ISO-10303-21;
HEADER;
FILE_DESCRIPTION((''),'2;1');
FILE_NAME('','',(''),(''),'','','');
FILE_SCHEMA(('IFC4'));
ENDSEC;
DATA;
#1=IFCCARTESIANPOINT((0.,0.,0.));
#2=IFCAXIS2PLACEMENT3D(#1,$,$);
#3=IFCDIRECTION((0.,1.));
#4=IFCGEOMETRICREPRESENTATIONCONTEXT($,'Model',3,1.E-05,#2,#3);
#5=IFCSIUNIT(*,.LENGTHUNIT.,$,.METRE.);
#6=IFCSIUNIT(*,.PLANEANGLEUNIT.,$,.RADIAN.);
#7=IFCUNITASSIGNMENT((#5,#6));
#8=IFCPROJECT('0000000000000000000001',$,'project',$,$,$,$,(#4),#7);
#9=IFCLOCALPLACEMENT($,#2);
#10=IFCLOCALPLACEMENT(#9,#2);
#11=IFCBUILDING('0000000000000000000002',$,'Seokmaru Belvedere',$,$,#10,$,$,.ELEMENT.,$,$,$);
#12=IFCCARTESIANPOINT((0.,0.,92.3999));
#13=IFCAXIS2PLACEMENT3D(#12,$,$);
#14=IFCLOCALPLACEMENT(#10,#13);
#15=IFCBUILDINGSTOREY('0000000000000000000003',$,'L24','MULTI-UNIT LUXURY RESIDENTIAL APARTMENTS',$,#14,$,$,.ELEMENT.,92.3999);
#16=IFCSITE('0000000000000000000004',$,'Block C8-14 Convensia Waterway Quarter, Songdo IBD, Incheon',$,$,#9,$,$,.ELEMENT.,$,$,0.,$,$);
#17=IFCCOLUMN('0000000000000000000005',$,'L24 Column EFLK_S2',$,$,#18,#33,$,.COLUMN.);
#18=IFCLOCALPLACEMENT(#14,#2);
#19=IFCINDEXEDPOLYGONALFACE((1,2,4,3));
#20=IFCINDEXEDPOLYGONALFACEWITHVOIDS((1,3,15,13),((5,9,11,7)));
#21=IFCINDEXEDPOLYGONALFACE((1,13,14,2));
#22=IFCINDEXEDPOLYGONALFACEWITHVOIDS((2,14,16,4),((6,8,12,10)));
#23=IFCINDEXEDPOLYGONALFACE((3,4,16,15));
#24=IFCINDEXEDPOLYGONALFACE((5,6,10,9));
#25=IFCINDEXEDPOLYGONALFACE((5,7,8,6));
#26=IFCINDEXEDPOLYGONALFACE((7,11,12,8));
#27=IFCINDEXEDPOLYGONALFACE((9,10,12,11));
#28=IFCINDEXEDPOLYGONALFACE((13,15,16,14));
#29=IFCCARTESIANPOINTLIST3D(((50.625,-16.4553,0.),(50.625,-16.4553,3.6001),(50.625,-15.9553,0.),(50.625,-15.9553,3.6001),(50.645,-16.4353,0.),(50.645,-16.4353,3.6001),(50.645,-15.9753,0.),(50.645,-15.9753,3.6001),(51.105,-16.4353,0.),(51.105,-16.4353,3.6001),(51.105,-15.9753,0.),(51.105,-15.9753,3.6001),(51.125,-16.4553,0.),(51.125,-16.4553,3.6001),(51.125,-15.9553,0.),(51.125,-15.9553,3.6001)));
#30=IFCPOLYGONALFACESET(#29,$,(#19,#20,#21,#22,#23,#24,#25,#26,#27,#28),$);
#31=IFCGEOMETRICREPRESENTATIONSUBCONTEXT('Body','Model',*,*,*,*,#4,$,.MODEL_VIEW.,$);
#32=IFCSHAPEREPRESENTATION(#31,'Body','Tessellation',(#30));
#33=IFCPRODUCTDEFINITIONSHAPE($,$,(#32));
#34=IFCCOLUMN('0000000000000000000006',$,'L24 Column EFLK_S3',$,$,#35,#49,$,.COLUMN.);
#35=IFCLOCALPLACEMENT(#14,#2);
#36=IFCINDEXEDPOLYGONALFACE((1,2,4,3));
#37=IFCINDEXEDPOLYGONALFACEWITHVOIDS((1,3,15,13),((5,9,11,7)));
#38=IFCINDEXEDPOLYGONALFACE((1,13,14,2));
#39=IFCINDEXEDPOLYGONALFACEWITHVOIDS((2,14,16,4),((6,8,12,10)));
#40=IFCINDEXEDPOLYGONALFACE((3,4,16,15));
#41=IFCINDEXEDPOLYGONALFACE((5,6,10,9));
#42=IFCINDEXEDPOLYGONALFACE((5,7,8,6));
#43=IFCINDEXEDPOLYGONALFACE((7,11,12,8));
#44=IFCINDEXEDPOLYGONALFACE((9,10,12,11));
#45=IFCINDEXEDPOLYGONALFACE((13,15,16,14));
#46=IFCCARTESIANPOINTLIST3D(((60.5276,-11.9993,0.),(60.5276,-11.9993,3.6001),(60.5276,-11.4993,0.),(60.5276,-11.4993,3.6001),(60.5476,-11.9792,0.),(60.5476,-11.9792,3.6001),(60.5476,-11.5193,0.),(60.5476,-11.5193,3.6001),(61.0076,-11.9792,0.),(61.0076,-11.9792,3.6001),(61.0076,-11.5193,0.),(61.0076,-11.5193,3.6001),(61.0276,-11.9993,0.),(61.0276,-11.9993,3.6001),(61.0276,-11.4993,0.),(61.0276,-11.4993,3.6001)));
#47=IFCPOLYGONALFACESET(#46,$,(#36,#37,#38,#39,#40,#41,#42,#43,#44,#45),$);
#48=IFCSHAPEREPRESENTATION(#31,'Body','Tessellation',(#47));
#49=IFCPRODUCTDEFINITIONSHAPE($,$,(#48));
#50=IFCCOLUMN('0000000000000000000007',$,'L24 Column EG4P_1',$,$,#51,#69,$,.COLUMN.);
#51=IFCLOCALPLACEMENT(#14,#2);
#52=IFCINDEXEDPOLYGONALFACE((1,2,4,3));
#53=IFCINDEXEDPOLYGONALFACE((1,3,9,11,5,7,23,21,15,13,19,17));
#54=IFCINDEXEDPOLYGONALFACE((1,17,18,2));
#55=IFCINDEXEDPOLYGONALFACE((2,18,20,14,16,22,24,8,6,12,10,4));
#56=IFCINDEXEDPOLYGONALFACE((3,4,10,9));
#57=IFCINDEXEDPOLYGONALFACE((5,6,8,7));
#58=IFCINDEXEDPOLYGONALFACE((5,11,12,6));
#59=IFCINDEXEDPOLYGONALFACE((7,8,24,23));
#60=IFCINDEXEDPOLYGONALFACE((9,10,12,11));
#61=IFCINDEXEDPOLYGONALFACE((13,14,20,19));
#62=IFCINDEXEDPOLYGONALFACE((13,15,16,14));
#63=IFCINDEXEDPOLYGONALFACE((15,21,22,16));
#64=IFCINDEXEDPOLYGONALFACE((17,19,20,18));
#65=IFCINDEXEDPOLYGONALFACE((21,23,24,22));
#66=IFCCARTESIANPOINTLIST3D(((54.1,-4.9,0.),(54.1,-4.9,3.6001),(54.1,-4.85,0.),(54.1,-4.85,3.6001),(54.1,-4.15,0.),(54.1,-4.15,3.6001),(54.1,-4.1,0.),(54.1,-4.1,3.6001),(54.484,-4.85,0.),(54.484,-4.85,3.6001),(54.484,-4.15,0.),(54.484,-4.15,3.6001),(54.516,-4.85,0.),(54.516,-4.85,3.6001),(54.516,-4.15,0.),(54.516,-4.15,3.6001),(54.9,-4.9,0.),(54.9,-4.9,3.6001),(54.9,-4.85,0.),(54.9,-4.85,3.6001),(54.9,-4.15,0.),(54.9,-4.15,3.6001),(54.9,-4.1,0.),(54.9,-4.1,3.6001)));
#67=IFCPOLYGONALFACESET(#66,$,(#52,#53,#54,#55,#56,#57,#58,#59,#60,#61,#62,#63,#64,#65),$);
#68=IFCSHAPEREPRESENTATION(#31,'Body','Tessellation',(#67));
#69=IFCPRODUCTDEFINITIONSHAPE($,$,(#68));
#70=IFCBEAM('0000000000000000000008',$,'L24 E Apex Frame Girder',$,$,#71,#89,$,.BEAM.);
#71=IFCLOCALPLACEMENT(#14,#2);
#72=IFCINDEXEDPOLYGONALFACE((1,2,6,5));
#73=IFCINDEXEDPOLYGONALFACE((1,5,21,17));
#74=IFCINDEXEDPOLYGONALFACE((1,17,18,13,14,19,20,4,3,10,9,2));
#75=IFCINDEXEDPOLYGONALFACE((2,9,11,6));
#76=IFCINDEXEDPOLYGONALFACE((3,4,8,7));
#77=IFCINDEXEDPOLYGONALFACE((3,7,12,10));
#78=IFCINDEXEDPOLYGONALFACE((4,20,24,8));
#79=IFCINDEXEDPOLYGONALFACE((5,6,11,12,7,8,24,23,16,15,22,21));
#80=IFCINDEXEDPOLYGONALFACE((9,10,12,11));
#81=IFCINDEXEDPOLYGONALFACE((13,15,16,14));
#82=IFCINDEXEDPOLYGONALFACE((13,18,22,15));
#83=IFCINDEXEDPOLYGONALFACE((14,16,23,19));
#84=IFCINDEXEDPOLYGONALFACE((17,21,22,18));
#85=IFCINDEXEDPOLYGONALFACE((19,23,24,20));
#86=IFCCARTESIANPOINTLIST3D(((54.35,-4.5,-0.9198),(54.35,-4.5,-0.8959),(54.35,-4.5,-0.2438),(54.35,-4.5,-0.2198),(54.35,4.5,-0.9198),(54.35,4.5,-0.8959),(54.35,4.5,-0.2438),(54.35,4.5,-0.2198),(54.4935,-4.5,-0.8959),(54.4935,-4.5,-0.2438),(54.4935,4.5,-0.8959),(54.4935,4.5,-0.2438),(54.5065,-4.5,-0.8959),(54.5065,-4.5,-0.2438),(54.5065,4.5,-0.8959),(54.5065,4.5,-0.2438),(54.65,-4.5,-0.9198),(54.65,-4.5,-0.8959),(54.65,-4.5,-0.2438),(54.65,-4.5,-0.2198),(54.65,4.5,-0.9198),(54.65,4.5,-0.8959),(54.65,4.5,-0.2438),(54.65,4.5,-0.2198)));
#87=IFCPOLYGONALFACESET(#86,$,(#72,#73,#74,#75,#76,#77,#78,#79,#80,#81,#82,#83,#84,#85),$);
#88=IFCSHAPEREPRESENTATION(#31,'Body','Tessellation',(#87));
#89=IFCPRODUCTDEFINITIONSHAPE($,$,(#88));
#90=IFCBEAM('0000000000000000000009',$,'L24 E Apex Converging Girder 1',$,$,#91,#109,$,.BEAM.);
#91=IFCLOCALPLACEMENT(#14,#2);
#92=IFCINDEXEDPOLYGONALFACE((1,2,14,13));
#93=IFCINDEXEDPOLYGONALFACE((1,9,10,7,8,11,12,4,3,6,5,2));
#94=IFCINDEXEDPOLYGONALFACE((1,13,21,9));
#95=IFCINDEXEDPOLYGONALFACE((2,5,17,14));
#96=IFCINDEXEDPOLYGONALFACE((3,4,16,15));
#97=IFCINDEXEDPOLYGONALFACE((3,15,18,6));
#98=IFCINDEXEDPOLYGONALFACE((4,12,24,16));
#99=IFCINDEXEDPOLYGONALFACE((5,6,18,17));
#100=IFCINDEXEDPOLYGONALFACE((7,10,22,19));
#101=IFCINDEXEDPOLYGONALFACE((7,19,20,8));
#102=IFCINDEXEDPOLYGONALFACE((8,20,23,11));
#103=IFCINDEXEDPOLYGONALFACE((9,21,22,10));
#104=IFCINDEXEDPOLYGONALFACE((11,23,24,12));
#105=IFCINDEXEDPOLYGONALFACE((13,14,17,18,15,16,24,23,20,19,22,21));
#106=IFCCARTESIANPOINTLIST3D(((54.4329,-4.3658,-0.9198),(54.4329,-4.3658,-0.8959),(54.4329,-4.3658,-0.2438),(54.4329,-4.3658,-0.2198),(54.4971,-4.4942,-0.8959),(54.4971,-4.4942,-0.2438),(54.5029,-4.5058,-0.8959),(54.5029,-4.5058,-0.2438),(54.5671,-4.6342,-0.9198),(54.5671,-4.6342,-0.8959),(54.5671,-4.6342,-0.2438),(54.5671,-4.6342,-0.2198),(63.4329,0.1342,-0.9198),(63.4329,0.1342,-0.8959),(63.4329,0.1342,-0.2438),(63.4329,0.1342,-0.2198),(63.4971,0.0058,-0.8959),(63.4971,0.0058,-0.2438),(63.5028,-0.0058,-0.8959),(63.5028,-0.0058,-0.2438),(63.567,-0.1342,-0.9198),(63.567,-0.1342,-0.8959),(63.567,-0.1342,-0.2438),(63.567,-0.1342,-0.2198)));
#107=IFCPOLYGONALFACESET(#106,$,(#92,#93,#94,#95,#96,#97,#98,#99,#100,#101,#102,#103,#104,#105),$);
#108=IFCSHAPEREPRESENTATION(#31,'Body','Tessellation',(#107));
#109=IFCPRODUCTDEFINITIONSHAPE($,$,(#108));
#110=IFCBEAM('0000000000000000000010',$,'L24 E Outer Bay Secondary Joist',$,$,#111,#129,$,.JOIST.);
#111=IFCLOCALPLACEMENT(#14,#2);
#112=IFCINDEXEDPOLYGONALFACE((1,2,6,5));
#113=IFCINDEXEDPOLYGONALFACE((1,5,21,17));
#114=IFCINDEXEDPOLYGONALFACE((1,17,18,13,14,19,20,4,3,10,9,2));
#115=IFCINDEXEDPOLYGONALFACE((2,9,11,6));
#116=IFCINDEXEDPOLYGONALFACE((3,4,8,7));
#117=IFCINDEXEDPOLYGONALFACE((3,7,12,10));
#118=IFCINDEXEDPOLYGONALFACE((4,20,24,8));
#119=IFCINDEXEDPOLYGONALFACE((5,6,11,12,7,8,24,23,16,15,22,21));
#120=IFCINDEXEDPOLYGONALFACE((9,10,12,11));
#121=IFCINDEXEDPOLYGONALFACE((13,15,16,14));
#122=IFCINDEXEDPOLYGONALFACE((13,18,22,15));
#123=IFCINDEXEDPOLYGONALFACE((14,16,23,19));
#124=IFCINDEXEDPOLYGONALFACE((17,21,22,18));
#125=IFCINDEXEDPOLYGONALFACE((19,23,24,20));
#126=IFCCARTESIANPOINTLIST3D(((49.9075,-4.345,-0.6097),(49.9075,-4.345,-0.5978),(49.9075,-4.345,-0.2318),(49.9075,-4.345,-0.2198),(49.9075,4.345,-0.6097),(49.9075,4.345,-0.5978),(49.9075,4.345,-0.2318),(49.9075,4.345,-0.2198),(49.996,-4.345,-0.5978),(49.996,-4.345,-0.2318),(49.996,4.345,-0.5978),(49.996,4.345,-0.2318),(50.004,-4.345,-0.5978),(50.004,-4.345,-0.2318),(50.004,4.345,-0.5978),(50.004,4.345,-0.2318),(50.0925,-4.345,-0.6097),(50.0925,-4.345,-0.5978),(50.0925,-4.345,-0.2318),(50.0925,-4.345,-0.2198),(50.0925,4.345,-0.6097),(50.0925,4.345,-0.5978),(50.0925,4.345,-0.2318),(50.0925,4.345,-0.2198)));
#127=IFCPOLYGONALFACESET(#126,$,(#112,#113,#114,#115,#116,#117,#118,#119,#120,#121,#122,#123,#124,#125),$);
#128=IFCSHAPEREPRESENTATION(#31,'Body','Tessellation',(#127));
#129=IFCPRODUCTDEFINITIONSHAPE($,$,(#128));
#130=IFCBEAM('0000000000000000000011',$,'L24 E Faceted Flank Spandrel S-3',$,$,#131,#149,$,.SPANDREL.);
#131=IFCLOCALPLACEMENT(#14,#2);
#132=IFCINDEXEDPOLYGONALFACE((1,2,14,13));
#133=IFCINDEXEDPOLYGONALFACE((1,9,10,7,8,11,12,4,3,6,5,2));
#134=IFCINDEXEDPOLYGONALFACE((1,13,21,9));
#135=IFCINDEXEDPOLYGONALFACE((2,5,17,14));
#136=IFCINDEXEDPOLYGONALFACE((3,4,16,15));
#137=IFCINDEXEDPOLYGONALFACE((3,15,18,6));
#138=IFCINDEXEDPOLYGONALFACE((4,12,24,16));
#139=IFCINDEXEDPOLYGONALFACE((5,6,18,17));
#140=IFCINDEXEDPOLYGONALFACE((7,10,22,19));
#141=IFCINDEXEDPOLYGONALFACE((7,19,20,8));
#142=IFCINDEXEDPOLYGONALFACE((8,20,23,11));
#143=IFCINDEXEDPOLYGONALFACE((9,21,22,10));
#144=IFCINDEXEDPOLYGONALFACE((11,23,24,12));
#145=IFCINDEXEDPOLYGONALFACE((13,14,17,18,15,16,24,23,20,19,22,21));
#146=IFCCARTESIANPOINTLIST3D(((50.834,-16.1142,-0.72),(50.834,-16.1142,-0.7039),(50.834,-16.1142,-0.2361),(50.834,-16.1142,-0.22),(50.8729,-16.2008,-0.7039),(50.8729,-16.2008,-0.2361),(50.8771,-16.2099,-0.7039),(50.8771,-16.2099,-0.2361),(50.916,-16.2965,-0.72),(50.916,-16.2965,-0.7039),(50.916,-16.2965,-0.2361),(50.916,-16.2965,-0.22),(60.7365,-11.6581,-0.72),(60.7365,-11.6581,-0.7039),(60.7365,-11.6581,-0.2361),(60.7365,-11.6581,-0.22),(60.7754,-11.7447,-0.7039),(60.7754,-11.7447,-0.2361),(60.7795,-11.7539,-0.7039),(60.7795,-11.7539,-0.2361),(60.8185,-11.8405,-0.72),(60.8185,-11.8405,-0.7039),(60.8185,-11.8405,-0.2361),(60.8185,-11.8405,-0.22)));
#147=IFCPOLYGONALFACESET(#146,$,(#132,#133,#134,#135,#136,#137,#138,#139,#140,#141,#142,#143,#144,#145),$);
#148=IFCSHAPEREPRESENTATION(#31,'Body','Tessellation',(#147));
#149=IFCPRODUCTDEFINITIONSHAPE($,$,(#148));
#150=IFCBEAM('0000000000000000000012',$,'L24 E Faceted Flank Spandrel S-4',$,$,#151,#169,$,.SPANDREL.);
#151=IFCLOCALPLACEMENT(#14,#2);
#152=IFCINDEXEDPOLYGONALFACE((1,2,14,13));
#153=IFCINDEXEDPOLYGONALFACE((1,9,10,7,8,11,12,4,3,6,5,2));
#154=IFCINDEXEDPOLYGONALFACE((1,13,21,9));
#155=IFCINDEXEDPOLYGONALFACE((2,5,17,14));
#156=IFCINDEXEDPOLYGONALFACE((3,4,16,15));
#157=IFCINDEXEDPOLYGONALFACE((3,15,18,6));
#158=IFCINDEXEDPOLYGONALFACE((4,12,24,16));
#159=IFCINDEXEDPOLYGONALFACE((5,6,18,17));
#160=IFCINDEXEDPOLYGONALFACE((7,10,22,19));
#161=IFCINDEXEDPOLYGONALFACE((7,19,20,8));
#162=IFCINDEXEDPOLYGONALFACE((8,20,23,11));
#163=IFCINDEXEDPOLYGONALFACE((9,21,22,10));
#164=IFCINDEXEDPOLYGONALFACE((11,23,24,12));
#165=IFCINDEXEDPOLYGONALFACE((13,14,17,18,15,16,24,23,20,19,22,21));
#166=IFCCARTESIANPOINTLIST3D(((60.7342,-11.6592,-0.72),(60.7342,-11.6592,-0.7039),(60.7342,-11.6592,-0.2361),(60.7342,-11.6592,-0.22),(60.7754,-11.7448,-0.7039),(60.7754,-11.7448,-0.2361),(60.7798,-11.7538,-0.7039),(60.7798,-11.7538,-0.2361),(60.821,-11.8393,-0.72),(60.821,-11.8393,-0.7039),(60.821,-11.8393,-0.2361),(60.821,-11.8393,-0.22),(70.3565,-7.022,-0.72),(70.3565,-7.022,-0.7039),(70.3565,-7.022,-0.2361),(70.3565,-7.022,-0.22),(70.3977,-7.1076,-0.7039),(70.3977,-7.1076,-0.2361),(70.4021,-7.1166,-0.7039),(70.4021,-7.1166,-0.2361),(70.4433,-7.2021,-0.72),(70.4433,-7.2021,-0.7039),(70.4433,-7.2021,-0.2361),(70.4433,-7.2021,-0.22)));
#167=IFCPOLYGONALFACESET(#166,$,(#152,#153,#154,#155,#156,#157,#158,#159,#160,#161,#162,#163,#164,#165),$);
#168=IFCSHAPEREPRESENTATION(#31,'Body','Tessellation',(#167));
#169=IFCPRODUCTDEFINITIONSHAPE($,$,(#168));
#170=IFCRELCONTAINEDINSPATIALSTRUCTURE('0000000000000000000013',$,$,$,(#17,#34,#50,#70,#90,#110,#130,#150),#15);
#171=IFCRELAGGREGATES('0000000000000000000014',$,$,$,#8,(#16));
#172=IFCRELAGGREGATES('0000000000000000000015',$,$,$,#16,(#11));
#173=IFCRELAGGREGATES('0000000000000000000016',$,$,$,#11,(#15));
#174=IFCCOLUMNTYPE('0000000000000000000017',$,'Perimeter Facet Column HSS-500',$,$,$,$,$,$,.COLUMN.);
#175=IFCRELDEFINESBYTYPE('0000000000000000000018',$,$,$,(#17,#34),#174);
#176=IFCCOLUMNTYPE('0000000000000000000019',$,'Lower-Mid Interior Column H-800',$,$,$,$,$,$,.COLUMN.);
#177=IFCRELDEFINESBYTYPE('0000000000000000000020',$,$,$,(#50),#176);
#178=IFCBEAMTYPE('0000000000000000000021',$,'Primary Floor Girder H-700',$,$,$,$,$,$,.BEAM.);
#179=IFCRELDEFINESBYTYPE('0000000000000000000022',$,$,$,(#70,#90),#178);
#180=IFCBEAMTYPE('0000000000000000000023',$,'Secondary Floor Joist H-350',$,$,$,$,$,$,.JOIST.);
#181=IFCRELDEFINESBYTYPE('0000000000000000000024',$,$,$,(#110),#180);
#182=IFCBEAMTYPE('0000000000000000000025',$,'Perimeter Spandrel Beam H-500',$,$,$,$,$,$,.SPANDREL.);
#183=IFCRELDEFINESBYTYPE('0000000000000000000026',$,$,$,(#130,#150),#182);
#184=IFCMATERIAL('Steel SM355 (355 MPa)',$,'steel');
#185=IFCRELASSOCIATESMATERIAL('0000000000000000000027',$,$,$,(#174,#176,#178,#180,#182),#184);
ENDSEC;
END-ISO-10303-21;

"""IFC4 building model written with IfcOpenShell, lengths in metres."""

from ifc_helpers import new_model, si_unit, direction, frame, origin, origin_2d, place, context, subcontext, project, spatial, hollow_rectangle, i_section, extrude, source, transform, mapped, material, material_profile, profile_set, type_object, type_shapes, element, save


model = new_model("IFC4")

# Units and contexts
model_context = context("Model", 3, precision=1e-05, world=origin(), true_north=direction((0.0, 1.0)))
body_context = subcontext(model_context, "Body", "Model", "MODEL_VIEW")
ifc_project = project(units=[si_unit("LENGTHUNIT", "METRE"), si_unit("PLANEANGLEUNIT", "RADIAN")], contexts=[model_context])

# Site, building, storey
site_placement = place(None, origin())
site = spatial("IfcSite", under=ifc_project, at=site_placement, Name="Block C8-14 Convensia Waterway Quarter, Songdo IBD, Incheon", CompositionType="ELEMENT", RefElevation=0.0)
building_placement = place(site_placement, origin())
building = spatial("IfcBuilding", under=site, at=building_placement, Name="Seokmaru Belvedere", CompositionType="ELEMENT")
storey_placement = place(building_placement, frame((0.0, 0.0, 92.3999)))
storey = spatial("IfcBuildingStorey", under=building, at=storey_placement, Name="L24", Description="MULTI-UNIT LUXURY RESIDENTIAL APARTMENTS", CompositionType="ELEMENT", Elevation=92.3999)

# Columns
ifc_material_1 = material(Name="Steel SM355 (355 MPa)", Category="steel")
ifc_material_profile_1 = material_profile(ifc_material_1, hollow_rectangle(XDim=0.5, YDim=0.5, WallThickness=0.02, at=origin_2d()), Name="HSS-500x500x20")
ifc_profile_set_1 = profile_set([ifc_material_profile_1], Name="Steel SM355 (355 MPa)")
column_type_1 = type_object("IfcColumnType", Name="Perimeter Facet Column HSS-500", PredefinedType="COLUMN", material=ifc_profile_set_1)
shared_shape_1 = source(origin(), body_context, "Body", "SweptSolid", [
    extrude(hollow_rectangle(XDim=0.5, YDim=0.5, WallThickness=0.02, at=origin_2d()), origin(), (0.0, 0.0, 1.0), 3.6001),
])
type_shapes(column_type_1, [shared_shape_1])
for number, where, z_axis, x_axis, name in (
    (1, (50.875, -16.2053, 0.0), (0.0, 0.0, 1.0), (1.0, 0.0, 0.0), "L24 Column EFLK_S2"),
    (2, (60.7776, -11.7493, 0.0), (0.0, 0.0, 1.0), (1.0, 0.0, 0.0), "L24 Column EFLK_S3"),
):
    element("IfcColumn", number, at=place(storey_placement, frame(where, z_axis=z_axis, x_axis=x_axis)), inside=storey, type_object=column_type_1, Name=name, PredefinedType="COLUMN", context=body_context, shape_type="MappedRepresentation", body=[
        mapped(shared_shape_1, transform((0.0, 0.0, 0.0), scale=1.0)),
    ])
ifc_material_profile_2 = material_profile(ifc_material_1, i_section(OverallWidth=0.8, OverallDepth=0.8, WebThickness=0.032, FlangeThickness=0.05, at=origin_2d()), Name="H-800x800x32x50")
ifc_profile_set_2 = profile_set([ifc_material_profile_2], Name="Steel SM355 (355 MPa)")
column_type_2 = type_object("IfcColumnType", Name="Lower-Mid Interior Column H-800", PredefinedType="COLUMN", material=ifc_profile_set_2)
shared_shape_2 = source(origin(), body_context, "Body", "SweptSolid", [
    extrude(i_section(OverallWidth=0.8, OverallDepth=0.8, WebThickness=0.032, FlangeThickness=0.05, at=origin_2d()), origin(), (0.0, 0.0, 1.0), 3.6001),
])
type_shapes(column_type_2, [shared_shape_2])
column_placement = place(storey_placement, frame((54.5, -4.5, 0.0), z_axis=(0.0, 0.0, 1.0), x_axis=(1.0, 0.0, 0.0)))
element("IfcColumn", 3, at=column_placement, inside=storey, type_object=column_type_2, Name="L24 Column EG4P_1", PredefinedType="COLUMN", context=body_context, shape_type="MappedRepresentation", body=[
    mapped(shared_shape_2, transform((0.0, 0.0, 0.0), scale=1.0)),
])

# Beams
ifc_material_profile_3 = material_profile(ifc_material_1, i_section(OverallWidth=0.3, OverallDepth=0.7, WebThickness=0.0129, FlangeThickness=0.0239, at=origin_2d()), Name="H-700x300x13x24")
ifc_profile_set_3 = profile_set([ifc_material_profile_3], Name="Steel SM355 (355 MPa)")
beam_type_1 = type_object("IfcBeamType", Name="Primary Floor Girder H-700", PredefinedType="BEAM", material=ifc_profile_set_3)
shared_shape_3 = source(origin(), body_context, "Body", "SweptSolid", [
    extrude(i_section(OverallWidth=0.3, OverallDepth=0.7, WebThickness=0.0129, FlangeThickness=0.0239, at=origin_2d()), origin(), (0.0, 0.0, 1.0), 9.0),
])
beam_1_placement = place(storey_placement, frame((54.5, -4.5, -0.5698), z_axis=(0.0, 1.0, 0.0), x_axis=(-1.0, 0.0, 0.0)))
element("IfcBeam", 4, at=beam_1_placement, inside=storey, type_object=beam_type_1, Name="L24 E Apex Frame Girder", PredefinedType="BEAM", context=body_context, shape_type="MappedRepresentation", body=[
    mapped(shared_shape_3, transform((0.0, 0.0, 0.0), scale=1.0)),
])
shared_shape_4 = source(origin(), body_context, "Body", "SweptSolid", [
    extrude(i_section(OverallWidth=0.3, OverallDepth=0.7, WebThickness=0.0129, FlangeThickness=0.0239, at=origin_2d()), origin(), (0.0, 0.0, 1.0), 10.0623),
])
beam_2_placement = place(storey_placement, frame((54.5, -4.5, -0.5698), z_axis=(0.894427, 0.447214, 0.0), x_axis=(-0.447214, 0.894427, 0.0)))
element("IfcBeam", 5, at=beam_2_placement, inside=storey, type_object=beam_type_1, Name="L24 E Apex Converging Girder 1", PredefinedType="BEAM", context=body_context, shape_type="MappedRepresentation", body=[
    mapped(shared_shape_4, transform((0.0, 0.0, 0.0), scale=1.0)),
])
ifc_material_profile_4 = material_profile(ifc_material_1, i_section(OverallWidth=0.1851, OverallDepth=0.3899, WebThickness=0.0081, FlangeThickness=0.012, at=origin_2d()), Name="H-390x185x8x12")
ifc_profile_set_4 = profile_set([ifc_material_profile_4], Name="Steel SM355 (355 MPa)")
beam_type_2 = type_object("IfcBeamType", Name="Secondary Floor Joist H-350", PredefinedType="JOIST", material=ifc_profile_set_4)
shared_shape_5 = source(origin(), body_context, "Body", "SweptSolid", [
    extrude(i_section(OverallWidth=0.1851, OverallDepth=0.3899, WebThickness=0.0081, FlangeThickness=0.012, at=origin_2d()), origin(), (0.0, 0.0, 1.0), 8.6899),
])
type_shapes(beam_type_2, [shared_shape_5])
beam_3_placement = place(storey_placement, frame((50.0, -4.345, -0.4148), z_axis=(0.0, 1.0, 0.0), x_axis=(-1.0, 0.0, 0.0)))
element("IfcBeam", 6, at=beam_3_placement, inside=storey, type_object=beam_type_2, Name="L24 E Outer Bay Secondary Joist", PredefinedType="JOIST", context=body_context, shape_type="MappedRepresentation", body=[
    mapped(shared_shape_5, transform((0.0, 0.0, 0.0), scale=1.0)),
])
ifc_material_profile_5 = material_profile(ifc_material_1, i_section(OverallWidth=0.2, OverallDepth=0.5, WebThickness=0.01, FlangeThickness=0.0161, at=origin_2d()), Name="H-500x200x10x16")
ifc_profile_set_5 = profile_set([ifc_material_profile_5], Name="Steel SM355 (355 MPa)")
beam_type_3 = type_object("IfcBeamType", Name="Perimeter Spandrel Beam H-500", PredefinedType="SPANDREL", material=ifc_profile_set_5)
shared_shape_6 = source(origin(), body_context, "Body", "SweptSolid", [
    extrude(i_section(OverallWidth=0.2, OverallDepth=0.5, WebThickness=0.01, FlangeThickness=0.0161, at=origin_2d()), origin(), (0.0, 0.0, 1.0), 10.8589),
])
beam_4_placement = place(storey_placement, frame((50.875, -16.2053, -0.47), z_axis=(0.911925, 0.410356, 0.0), x_axis=(-0.410356, 0.911925, 0.0)))
element("IfcBeam", 7, at=beam_4_placement, inside=storey, type_object=beam_type_3, Name="L24 E Faceted Flank Spandrel S-3", PredefinedType="SPANDREL", context=body_context, shape_type="MappedRepresentation", body=[
    mapped(shared_shape_6, transform((0.0, 0.0, 0.0), scale=1.0)),
])
shared_shape_7 = source(origin(), body_context, "Body", "SweptSolid", [
    extrude(i_section(OverallWidth=0.2, OverallDepth=0.5, WebThickness=0.01, FlangeThickness=0.0161, at=origin_2d()), origin(), (0.0, 0.0, 1.0), 10.6814),
])
type_shapes(beam_type_3, [shared_shape_6, shared_shape_7])
beam_5_placement = place(storey_placement, frame((60.7776, -11.7493, -0.47), z_axis=(0.900846, 0.434138, 0.0), x_axis=(-0.434138, 0.900846, 0.0)))
element("IfcBeam", 8, at=beam_5_placement, inside=storey, type_object=beam_type_3, Name="L24 E Faceted Flank Spandrel S-4", PredefinedType="SPANDREL", context=body_context, shape_type="MappedRepresentation", body=[
    mapped(shared_shape_7, transform((0.0, 0.0, 0.0), scale=1.0)),
])

save(model, "model.ifc")
